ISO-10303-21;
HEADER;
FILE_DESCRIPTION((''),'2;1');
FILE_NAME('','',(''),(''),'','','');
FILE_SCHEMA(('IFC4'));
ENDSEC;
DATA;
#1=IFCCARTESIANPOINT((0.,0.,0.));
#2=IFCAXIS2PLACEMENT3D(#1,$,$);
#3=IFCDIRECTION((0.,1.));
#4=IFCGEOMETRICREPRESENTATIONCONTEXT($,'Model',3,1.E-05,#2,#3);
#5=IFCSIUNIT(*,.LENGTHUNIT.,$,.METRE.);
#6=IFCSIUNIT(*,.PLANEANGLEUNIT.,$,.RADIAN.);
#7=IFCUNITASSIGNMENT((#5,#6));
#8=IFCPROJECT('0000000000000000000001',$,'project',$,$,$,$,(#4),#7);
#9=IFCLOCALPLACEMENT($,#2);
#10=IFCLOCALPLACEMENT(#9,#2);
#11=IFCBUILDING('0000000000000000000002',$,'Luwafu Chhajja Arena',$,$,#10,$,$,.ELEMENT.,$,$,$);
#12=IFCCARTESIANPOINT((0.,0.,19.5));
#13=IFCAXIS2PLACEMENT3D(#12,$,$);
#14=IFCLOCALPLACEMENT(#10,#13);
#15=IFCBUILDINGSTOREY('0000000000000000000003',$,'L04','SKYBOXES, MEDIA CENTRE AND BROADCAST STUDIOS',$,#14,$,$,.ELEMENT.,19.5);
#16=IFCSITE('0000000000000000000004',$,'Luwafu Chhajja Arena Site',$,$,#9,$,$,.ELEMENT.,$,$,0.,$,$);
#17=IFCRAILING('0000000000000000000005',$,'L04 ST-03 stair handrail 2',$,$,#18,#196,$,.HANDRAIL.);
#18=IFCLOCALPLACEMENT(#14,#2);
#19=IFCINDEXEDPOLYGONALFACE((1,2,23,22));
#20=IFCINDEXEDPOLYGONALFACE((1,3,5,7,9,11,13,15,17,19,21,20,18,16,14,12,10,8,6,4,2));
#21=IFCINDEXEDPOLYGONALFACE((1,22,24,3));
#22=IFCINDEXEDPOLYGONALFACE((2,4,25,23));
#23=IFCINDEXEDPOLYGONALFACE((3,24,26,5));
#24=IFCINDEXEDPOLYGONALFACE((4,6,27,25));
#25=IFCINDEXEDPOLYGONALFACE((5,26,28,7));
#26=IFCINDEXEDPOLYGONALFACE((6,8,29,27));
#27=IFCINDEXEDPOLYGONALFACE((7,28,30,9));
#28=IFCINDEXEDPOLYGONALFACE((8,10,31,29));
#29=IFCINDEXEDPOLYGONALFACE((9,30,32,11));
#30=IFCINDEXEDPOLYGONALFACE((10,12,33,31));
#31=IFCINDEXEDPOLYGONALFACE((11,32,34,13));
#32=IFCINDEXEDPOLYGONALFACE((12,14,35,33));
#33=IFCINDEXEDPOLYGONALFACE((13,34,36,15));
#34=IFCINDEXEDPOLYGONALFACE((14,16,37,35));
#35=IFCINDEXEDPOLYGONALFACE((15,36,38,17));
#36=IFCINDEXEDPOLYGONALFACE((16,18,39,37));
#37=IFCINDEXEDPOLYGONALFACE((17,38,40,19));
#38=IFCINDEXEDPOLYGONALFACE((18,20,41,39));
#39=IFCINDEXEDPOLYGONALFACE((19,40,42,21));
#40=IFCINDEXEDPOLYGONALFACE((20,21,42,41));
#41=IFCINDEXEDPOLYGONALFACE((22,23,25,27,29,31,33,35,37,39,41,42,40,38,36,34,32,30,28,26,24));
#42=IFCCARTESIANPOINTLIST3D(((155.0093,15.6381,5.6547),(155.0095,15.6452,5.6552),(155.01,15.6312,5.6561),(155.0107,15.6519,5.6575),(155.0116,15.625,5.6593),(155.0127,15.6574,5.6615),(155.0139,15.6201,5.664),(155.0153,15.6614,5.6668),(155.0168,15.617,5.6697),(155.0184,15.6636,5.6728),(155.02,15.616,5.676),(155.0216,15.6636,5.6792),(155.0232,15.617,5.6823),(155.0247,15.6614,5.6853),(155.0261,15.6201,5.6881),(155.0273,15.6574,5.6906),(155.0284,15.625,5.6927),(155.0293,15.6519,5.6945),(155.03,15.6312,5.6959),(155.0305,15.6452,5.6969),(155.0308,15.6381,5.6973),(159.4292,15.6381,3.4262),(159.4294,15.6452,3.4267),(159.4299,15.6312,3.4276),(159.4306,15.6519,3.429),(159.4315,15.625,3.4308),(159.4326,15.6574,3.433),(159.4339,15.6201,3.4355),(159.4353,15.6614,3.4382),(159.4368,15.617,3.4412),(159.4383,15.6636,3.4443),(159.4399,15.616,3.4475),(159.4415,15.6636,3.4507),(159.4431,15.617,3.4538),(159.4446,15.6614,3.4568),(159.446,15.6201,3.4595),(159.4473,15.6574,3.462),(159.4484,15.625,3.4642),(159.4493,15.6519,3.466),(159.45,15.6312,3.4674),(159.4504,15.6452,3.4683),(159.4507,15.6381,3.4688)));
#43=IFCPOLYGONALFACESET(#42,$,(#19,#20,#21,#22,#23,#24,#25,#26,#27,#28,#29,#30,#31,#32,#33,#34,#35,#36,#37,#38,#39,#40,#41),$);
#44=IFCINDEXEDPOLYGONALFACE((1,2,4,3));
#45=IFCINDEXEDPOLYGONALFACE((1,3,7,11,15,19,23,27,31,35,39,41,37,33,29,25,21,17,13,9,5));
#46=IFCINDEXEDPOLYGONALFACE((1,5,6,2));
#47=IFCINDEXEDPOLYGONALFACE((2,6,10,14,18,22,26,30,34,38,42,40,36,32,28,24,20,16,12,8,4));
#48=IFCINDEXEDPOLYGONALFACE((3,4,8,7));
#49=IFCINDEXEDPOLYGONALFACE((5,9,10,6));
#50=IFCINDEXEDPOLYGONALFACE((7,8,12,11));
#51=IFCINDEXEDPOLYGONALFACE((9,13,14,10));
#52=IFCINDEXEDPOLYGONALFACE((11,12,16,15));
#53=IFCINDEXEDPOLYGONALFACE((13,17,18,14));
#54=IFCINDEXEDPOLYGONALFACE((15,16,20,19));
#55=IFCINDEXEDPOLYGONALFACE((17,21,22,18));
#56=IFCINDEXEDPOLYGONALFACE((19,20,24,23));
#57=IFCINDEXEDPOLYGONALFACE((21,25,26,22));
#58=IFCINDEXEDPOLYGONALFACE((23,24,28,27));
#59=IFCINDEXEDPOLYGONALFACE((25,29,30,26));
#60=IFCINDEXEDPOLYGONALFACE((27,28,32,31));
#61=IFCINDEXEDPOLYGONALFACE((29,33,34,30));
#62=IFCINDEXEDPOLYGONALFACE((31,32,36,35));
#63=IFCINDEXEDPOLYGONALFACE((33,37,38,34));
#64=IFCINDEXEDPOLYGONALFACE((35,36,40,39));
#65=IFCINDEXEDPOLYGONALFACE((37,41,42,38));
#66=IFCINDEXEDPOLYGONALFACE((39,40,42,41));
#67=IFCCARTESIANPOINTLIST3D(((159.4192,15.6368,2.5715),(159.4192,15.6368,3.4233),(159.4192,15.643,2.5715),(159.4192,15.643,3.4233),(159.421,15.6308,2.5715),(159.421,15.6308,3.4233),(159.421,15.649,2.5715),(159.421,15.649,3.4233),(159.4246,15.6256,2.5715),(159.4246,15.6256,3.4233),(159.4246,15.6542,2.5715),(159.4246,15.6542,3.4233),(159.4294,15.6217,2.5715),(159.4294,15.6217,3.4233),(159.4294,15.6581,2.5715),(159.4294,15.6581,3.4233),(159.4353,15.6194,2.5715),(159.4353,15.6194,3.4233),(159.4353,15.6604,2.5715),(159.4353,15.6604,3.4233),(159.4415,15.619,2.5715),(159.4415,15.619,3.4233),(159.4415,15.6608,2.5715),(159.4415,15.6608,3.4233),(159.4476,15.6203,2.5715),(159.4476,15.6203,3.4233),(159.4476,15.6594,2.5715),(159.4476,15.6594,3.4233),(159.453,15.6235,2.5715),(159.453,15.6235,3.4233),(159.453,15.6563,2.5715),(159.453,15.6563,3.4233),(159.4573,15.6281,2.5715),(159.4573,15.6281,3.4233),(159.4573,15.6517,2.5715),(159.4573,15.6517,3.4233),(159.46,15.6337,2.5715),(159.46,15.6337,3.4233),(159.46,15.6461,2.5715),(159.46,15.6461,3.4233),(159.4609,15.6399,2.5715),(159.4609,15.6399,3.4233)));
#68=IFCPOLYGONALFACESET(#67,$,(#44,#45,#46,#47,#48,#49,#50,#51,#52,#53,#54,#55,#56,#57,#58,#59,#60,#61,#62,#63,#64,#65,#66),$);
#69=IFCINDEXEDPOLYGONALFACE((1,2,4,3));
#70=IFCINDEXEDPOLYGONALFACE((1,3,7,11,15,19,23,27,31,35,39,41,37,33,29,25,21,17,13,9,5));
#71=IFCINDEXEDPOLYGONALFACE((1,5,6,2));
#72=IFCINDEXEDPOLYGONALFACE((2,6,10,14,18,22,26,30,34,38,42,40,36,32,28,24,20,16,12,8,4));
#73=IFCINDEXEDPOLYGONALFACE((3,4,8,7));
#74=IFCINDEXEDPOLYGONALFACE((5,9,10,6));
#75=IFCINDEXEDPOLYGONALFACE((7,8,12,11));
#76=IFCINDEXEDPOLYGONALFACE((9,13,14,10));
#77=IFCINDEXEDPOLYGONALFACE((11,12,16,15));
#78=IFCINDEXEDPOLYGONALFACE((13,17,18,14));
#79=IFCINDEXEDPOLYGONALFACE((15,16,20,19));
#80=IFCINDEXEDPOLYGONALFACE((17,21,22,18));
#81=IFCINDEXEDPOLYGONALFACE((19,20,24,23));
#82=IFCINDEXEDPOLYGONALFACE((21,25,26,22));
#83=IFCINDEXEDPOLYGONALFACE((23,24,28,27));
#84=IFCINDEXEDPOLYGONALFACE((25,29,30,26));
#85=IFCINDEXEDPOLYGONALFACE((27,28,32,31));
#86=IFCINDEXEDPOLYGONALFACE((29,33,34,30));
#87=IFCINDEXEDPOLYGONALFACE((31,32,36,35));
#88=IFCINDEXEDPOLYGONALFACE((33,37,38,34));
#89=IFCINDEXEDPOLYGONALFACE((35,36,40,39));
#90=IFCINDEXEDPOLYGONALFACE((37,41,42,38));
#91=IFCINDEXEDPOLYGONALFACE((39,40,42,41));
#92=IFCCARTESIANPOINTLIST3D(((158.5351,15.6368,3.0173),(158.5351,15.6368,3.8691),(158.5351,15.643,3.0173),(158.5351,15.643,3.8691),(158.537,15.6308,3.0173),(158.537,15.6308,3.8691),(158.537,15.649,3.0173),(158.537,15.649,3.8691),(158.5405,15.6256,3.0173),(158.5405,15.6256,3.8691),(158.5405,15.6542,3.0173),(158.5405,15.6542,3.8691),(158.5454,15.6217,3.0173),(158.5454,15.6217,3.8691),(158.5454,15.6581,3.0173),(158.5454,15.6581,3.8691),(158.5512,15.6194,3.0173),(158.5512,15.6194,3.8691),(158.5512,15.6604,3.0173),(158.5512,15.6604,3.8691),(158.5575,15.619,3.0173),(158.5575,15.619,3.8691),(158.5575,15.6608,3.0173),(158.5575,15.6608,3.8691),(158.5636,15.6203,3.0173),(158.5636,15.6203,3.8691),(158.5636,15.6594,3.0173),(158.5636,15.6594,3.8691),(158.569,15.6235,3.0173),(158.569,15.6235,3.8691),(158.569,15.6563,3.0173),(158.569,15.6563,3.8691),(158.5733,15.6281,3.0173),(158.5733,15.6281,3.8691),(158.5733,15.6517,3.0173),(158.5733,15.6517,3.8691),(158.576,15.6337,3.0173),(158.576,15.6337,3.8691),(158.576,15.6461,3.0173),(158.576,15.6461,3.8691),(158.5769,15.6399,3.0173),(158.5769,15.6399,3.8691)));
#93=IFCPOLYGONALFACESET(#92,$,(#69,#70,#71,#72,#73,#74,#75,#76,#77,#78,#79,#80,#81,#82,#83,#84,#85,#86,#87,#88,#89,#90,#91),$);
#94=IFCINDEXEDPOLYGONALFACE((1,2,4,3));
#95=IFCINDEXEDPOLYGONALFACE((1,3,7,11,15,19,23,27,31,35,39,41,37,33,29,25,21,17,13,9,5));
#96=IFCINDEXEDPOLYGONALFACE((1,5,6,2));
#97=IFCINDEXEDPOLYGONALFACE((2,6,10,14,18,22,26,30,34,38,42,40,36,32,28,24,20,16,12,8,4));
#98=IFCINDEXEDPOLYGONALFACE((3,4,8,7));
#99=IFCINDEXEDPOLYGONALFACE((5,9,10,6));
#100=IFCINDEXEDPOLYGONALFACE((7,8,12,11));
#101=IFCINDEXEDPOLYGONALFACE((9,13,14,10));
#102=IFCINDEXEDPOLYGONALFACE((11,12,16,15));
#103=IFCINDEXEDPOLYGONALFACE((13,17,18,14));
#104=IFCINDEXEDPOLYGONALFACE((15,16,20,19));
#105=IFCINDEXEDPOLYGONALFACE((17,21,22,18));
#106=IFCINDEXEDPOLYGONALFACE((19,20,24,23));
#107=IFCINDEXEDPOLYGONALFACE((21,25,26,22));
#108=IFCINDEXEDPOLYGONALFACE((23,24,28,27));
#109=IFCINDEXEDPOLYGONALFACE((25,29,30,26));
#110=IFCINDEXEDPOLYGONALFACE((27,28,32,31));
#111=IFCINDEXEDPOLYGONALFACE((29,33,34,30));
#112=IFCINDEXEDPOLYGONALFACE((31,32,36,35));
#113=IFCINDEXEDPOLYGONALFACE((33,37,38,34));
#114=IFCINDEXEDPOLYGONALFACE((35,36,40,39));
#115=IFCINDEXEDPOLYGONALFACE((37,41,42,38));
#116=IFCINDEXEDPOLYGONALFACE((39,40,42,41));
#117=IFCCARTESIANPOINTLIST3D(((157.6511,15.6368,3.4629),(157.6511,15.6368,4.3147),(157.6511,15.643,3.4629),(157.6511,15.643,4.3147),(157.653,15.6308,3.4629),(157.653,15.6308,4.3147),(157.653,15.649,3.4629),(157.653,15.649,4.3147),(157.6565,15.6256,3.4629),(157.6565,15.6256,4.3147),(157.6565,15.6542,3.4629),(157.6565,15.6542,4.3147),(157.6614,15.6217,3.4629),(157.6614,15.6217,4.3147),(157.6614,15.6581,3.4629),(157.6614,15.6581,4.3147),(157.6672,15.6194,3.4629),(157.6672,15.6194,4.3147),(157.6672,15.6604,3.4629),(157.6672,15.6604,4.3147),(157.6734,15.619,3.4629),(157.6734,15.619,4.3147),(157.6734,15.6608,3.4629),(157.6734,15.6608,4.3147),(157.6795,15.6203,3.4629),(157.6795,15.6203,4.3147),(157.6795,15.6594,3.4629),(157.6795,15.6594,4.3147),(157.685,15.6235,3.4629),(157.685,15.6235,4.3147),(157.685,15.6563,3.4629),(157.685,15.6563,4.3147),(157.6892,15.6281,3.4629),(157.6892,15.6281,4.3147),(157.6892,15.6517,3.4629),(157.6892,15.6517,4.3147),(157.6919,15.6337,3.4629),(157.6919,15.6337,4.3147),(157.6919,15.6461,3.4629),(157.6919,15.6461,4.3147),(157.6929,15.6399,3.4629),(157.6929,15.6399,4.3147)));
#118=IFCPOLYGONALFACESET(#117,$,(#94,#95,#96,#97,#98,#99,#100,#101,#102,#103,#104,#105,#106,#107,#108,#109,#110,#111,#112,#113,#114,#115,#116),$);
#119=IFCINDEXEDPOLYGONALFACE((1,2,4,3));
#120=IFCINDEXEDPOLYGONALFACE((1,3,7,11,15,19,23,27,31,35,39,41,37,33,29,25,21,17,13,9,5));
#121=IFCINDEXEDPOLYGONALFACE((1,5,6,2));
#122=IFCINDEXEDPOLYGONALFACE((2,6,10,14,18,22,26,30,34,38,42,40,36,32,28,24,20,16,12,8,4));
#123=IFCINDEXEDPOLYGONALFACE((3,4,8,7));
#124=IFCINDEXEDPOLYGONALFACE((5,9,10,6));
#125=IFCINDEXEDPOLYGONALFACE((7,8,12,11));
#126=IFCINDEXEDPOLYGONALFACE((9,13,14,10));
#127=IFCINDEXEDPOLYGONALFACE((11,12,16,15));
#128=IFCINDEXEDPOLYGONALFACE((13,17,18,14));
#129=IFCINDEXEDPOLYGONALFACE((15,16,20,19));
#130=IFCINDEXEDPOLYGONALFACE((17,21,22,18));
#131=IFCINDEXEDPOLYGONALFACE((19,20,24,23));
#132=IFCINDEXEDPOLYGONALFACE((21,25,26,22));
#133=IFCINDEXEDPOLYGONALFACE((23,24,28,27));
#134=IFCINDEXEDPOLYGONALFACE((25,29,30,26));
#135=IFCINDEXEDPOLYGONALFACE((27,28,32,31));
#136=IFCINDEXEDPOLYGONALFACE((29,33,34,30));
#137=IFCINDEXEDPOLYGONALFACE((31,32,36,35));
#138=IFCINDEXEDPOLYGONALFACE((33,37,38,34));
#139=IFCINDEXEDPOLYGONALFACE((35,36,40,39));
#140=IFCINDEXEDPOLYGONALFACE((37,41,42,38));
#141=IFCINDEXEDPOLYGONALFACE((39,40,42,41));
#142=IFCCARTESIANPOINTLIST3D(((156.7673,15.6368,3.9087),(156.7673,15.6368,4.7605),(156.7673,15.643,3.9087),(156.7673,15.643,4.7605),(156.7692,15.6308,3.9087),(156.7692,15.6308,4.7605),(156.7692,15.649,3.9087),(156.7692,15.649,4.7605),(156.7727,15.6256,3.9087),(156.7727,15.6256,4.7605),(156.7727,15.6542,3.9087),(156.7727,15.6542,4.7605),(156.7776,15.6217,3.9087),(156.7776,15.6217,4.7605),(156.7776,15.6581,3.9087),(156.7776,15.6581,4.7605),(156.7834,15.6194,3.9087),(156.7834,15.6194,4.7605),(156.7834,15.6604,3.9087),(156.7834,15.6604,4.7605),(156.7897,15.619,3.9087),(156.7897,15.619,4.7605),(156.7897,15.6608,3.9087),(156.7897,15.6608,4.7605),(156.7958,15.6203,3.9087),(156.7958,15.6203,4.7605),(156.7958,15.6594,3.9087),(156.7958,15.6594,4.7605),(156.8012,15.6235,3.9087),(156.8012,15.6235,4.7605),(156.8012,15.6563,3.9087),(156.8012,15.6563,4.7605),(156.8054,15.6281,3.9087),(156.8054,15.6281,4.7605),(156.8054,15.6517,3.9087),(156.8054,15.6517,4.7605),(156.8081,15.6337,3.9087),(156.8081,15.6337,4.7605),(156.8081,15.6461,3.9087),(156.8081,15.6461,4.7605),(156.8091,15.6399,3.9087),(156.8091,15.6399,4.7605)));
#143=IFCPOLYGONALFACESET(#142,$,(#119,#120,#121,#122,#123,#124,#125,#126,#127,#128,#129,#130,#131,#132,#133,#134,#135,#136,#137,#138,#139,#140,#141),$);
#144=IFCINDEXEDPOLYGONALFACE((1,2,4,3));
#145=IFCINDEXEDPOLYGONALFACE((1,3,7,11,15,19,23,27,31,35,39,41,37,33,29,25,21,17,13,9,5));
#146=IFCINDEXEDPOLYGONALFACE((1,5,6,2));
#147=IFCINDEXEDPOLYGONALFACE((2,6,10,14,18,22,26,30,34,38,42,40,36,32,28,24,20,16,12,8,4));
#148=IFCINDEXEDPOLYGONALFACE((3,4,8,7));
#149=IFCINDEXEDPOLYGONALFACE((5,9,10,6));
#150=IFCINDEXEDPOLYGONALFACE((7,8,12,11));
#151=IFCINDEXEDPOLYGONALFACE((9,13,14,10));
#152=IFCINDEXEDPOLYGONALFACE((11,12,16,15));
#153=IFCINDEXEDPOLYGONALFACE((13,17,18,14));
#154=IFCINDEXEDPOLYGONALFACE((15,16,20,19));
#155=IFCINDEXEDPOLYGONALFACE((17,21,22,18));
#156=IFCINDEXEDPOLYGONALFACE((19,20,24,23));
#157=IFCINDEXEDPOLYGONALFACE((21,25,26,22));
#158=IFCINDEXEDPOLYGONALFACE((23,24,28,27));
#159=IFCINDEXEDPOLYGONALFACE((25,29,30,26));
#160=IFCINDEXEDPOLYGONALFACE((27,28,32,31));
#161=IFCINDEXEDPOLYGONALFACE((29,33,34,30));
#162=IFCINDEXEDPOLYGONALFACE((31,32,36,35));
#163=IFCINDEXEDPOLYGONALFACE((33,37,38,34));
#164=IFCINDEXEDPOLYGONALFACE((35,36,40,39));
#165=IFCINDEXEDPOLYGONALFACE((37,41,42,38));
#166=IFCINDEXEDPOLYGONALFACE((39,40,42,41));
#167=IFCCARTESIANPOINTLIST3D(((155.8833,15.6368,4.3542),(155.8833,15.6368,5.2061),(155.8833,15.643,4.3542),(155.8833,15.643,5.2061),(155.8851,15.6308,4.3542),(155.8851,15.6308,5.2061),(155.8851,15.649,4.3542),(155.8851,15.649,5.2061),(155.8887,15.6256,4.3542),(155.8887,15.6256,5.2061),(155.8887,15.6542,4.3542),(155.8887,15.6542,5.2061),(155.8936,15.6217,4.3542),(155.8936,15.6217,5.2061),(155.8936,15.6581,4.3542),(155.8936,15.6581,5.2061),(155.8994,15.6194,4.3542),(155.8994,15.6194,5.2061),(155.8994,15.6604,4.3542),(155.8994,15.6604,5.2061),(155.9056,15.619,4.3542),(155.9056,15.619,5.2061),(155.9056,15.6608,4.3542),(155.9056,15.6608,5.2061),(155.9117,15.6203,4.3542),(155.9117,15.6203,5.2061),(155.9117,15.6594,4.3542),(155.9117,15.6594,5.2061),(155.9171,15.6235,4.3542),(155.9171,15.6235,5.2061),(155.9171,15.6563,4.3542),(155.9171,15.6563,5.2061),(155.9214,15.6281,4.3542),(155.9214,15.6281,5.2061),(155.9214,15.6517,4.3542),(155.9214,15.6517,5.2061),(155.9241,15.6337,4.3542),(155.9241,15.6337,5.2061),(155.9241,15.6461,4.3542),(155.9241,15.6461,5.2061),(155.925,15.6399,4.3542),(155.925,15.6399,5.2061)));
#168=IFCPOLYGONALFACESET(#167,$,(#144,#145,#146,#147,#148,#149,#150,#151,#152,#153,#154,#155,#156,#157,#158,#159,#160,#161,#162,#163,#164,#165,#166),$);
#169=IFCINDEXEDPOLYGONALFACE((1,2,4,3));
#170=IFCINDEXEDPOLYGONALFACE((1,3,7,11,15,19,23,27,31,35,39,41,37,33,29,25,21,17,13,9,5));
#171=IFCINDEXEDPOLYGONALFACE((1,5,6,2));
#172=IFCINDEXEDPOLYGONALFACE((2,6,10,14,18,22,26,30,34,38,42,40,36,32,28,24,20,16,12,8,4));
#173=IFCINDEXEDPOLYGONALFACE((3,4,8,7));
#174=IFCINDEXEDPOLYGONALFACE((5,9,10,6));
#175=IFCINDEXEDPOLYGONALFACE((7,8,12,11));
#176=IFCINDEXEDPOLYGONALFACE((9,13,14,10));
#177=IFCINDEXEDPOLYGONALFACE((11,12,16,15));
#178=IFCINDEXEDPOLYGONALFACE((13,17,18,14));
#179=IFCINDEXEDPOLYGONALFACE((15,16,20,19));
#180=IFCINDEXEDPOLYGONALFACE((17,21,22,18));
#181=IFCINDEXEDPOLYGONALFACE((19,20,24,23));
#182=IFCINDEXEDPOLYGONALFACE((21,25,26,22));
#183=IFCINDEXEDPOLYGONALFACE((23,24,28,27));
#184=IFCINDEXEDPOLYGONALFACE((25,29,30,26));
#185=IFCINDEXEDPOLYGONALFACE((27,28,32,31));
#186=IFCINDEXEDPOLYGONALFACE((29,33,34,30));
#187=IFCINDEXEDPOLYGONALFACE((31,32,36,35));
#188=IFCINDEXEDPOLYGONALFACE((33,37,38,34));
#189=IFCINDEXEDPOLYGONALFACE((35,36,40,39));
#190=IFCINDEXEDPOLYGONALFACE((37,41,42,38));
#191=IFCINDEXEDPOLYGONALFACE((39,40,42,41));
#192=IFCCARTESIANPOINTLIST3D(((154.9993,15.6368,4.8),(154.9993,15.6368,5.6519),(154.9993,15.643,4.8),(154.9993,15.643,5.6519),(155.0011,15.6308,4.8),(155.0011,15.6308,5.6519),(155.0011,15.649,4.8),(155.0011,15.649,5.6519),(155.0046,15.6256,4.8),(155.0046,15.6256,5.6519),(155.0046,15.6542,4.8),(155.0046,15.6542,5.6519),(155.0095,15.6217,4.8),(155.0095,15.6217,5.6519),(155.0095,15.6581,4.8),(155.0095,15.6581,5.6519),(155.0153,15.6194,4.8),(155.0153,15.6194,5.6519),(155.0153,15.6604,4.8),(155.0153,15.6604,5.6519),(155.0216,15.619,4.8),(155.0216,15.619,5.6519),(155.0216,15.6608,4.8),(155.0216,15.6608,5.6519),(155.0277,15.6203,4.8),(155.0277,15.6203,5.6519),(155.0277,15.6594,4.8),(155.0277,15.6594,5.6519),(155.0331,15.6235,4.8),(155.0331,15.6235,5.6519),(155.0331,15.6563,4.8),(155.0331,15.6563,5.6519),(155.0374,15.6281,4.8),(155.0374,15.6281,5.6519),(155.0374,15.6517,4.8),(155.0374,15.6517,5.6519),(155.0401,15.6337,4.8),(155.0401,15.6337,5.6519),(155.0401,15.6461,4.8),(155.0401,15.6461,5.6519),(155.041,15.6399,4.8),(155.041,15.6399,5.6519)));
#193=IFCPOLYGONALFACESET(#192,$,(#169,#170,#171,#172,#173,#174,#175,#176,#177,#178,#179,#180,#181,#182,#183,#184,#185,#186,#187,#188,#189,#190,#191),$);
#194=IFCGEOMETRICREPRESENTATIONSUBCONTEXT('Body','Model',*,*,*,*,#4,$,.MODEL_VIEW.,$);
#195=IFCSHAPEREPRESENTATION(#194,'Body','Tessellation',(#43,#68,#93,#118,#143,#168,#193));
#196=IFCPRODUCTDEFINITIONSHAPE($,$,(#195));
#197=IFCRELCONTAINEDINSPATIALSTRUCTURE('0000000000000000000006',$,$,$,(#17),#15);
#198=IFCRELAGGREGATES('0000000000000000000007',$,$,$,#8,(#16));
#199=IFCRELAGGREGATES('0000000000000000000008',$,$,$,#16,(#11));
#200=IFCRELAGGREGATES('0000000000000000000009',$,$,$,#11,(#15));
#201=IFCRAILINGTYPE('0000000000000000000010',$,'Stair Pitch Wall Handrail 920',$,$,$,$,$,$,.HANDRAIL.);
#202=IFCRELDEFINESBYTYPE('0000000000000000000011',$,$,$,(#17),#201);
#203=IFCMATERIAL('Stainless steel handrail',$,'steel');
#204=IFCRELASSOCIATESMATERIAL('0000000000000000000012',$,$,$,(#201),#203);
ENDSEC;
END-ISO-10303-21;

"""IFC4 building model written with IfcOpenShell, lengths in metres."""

from ifc_helpers import new_model, si_unit, direction, frame, origin, origin_2d, place, context, subcontext, project, spatial, circle, extrude, material, type_object, element, save


model = new_model("IFC4")

# Units and contexts
model_context = context("Model", 3, precision=1e-05, world=origin(), true_north=direction((0.0, 1.0)))
body_context = subcontext(model_context, "Body", "Model", "MODEL_VIEW")
ifc_project = project(units=[si_unit("LENGTHUNIT", "METRE"), si_unit("PLANEANGLEUNIT", "RADIAN")], contexts=[model_context])

# Site, building, storey
site_placement = place(None, origin())
site = spatial("IfcSite", under=ifc_project, at=site_placement, Name="Luwafu Chhajja Arena Site", CompositionType="ELEMENT", RefElevation=0.0)
building_placement = place(site_placement, origin())
building = spatial("IfcBuilding", under=site, at=building_placement, Name="Luwafu Chhajja Arena", CompositionType="ELEMENT")
storey_placement = place(building_placement, frame((0.0, 0.0, 19.5)))
storey = spatial("IfcBuildingStorey", under=building, at=storey_placement, Name="L04", Description="SKYBOXES, MEDIA CENTRE AND BROADCAST STUDIOS", CompositionType="ELEMENT", Elevation=19.5)

# Railing
ifc_material_1 = material(Name="Stainless steel handrail", Category="steel")
railing_type_1 = type_object("IfcRailingType", Name="Stair Pitch Wall Handrail 920", PredefinedType="HANDRAIL", material=ifc_material_1)
railing_1_placement = place(storey_placement, frame((159.4399, 15.6399, 2.5715)))
element("IfcRailing", 1, at=railing_1_placement, inside=storey, type_object=railing_type_1, Name="L04 ST-03 stair handrail 2", PredefinedType="HANDRAIL", context=body_context, shape_type="SweptSolid", body=[
    extrude(circle(Radius=0.0239, at=origin_2d()), frame((0.0, 0.0, 0.876), z_axis=(-0.892923, 0.0, 0.45021), x_axis=(0.0, -1.0, 0.0)), (0.0, 0.0, 1.0), 4.95),
    extrude(circle(Radius=0.021, at=origin_2d()), origin(), (0.0, 0.0, 1.0), 0.8518),
    extrude(circle(Radius=0.021, at=origin_2d()), frame((-0.884, 0.0, 0.4458)), (0.0, 0.0, 1.0), 0.8518),
    extrude(circle(Radius=0.021, at=origin_2d()), frame((-1.7681, 0.0, 0.8914)), (0.0, 0.0, 1.0), 0.8518),
    extrude(circle(Radius=0.021, at=origin_2d()), frame((-2.6519, 0.0, 1.3372)), (0.0, 0.0, 1.0), 0.8518),
    extrude(circle(Radius=0.021, at=origin_2d()), frame((-3.5359, 0.0, 1.7827)), (0.0, 0.0, 1.0), 0.8518),
    extrude(circle(Radius=0.021, at=origin_2d()), frame((-4.4199, 0.0, 2.2285)), (0.0, 0.0, 1.0), 0.8518),
])

save(model, "model.ifc")
